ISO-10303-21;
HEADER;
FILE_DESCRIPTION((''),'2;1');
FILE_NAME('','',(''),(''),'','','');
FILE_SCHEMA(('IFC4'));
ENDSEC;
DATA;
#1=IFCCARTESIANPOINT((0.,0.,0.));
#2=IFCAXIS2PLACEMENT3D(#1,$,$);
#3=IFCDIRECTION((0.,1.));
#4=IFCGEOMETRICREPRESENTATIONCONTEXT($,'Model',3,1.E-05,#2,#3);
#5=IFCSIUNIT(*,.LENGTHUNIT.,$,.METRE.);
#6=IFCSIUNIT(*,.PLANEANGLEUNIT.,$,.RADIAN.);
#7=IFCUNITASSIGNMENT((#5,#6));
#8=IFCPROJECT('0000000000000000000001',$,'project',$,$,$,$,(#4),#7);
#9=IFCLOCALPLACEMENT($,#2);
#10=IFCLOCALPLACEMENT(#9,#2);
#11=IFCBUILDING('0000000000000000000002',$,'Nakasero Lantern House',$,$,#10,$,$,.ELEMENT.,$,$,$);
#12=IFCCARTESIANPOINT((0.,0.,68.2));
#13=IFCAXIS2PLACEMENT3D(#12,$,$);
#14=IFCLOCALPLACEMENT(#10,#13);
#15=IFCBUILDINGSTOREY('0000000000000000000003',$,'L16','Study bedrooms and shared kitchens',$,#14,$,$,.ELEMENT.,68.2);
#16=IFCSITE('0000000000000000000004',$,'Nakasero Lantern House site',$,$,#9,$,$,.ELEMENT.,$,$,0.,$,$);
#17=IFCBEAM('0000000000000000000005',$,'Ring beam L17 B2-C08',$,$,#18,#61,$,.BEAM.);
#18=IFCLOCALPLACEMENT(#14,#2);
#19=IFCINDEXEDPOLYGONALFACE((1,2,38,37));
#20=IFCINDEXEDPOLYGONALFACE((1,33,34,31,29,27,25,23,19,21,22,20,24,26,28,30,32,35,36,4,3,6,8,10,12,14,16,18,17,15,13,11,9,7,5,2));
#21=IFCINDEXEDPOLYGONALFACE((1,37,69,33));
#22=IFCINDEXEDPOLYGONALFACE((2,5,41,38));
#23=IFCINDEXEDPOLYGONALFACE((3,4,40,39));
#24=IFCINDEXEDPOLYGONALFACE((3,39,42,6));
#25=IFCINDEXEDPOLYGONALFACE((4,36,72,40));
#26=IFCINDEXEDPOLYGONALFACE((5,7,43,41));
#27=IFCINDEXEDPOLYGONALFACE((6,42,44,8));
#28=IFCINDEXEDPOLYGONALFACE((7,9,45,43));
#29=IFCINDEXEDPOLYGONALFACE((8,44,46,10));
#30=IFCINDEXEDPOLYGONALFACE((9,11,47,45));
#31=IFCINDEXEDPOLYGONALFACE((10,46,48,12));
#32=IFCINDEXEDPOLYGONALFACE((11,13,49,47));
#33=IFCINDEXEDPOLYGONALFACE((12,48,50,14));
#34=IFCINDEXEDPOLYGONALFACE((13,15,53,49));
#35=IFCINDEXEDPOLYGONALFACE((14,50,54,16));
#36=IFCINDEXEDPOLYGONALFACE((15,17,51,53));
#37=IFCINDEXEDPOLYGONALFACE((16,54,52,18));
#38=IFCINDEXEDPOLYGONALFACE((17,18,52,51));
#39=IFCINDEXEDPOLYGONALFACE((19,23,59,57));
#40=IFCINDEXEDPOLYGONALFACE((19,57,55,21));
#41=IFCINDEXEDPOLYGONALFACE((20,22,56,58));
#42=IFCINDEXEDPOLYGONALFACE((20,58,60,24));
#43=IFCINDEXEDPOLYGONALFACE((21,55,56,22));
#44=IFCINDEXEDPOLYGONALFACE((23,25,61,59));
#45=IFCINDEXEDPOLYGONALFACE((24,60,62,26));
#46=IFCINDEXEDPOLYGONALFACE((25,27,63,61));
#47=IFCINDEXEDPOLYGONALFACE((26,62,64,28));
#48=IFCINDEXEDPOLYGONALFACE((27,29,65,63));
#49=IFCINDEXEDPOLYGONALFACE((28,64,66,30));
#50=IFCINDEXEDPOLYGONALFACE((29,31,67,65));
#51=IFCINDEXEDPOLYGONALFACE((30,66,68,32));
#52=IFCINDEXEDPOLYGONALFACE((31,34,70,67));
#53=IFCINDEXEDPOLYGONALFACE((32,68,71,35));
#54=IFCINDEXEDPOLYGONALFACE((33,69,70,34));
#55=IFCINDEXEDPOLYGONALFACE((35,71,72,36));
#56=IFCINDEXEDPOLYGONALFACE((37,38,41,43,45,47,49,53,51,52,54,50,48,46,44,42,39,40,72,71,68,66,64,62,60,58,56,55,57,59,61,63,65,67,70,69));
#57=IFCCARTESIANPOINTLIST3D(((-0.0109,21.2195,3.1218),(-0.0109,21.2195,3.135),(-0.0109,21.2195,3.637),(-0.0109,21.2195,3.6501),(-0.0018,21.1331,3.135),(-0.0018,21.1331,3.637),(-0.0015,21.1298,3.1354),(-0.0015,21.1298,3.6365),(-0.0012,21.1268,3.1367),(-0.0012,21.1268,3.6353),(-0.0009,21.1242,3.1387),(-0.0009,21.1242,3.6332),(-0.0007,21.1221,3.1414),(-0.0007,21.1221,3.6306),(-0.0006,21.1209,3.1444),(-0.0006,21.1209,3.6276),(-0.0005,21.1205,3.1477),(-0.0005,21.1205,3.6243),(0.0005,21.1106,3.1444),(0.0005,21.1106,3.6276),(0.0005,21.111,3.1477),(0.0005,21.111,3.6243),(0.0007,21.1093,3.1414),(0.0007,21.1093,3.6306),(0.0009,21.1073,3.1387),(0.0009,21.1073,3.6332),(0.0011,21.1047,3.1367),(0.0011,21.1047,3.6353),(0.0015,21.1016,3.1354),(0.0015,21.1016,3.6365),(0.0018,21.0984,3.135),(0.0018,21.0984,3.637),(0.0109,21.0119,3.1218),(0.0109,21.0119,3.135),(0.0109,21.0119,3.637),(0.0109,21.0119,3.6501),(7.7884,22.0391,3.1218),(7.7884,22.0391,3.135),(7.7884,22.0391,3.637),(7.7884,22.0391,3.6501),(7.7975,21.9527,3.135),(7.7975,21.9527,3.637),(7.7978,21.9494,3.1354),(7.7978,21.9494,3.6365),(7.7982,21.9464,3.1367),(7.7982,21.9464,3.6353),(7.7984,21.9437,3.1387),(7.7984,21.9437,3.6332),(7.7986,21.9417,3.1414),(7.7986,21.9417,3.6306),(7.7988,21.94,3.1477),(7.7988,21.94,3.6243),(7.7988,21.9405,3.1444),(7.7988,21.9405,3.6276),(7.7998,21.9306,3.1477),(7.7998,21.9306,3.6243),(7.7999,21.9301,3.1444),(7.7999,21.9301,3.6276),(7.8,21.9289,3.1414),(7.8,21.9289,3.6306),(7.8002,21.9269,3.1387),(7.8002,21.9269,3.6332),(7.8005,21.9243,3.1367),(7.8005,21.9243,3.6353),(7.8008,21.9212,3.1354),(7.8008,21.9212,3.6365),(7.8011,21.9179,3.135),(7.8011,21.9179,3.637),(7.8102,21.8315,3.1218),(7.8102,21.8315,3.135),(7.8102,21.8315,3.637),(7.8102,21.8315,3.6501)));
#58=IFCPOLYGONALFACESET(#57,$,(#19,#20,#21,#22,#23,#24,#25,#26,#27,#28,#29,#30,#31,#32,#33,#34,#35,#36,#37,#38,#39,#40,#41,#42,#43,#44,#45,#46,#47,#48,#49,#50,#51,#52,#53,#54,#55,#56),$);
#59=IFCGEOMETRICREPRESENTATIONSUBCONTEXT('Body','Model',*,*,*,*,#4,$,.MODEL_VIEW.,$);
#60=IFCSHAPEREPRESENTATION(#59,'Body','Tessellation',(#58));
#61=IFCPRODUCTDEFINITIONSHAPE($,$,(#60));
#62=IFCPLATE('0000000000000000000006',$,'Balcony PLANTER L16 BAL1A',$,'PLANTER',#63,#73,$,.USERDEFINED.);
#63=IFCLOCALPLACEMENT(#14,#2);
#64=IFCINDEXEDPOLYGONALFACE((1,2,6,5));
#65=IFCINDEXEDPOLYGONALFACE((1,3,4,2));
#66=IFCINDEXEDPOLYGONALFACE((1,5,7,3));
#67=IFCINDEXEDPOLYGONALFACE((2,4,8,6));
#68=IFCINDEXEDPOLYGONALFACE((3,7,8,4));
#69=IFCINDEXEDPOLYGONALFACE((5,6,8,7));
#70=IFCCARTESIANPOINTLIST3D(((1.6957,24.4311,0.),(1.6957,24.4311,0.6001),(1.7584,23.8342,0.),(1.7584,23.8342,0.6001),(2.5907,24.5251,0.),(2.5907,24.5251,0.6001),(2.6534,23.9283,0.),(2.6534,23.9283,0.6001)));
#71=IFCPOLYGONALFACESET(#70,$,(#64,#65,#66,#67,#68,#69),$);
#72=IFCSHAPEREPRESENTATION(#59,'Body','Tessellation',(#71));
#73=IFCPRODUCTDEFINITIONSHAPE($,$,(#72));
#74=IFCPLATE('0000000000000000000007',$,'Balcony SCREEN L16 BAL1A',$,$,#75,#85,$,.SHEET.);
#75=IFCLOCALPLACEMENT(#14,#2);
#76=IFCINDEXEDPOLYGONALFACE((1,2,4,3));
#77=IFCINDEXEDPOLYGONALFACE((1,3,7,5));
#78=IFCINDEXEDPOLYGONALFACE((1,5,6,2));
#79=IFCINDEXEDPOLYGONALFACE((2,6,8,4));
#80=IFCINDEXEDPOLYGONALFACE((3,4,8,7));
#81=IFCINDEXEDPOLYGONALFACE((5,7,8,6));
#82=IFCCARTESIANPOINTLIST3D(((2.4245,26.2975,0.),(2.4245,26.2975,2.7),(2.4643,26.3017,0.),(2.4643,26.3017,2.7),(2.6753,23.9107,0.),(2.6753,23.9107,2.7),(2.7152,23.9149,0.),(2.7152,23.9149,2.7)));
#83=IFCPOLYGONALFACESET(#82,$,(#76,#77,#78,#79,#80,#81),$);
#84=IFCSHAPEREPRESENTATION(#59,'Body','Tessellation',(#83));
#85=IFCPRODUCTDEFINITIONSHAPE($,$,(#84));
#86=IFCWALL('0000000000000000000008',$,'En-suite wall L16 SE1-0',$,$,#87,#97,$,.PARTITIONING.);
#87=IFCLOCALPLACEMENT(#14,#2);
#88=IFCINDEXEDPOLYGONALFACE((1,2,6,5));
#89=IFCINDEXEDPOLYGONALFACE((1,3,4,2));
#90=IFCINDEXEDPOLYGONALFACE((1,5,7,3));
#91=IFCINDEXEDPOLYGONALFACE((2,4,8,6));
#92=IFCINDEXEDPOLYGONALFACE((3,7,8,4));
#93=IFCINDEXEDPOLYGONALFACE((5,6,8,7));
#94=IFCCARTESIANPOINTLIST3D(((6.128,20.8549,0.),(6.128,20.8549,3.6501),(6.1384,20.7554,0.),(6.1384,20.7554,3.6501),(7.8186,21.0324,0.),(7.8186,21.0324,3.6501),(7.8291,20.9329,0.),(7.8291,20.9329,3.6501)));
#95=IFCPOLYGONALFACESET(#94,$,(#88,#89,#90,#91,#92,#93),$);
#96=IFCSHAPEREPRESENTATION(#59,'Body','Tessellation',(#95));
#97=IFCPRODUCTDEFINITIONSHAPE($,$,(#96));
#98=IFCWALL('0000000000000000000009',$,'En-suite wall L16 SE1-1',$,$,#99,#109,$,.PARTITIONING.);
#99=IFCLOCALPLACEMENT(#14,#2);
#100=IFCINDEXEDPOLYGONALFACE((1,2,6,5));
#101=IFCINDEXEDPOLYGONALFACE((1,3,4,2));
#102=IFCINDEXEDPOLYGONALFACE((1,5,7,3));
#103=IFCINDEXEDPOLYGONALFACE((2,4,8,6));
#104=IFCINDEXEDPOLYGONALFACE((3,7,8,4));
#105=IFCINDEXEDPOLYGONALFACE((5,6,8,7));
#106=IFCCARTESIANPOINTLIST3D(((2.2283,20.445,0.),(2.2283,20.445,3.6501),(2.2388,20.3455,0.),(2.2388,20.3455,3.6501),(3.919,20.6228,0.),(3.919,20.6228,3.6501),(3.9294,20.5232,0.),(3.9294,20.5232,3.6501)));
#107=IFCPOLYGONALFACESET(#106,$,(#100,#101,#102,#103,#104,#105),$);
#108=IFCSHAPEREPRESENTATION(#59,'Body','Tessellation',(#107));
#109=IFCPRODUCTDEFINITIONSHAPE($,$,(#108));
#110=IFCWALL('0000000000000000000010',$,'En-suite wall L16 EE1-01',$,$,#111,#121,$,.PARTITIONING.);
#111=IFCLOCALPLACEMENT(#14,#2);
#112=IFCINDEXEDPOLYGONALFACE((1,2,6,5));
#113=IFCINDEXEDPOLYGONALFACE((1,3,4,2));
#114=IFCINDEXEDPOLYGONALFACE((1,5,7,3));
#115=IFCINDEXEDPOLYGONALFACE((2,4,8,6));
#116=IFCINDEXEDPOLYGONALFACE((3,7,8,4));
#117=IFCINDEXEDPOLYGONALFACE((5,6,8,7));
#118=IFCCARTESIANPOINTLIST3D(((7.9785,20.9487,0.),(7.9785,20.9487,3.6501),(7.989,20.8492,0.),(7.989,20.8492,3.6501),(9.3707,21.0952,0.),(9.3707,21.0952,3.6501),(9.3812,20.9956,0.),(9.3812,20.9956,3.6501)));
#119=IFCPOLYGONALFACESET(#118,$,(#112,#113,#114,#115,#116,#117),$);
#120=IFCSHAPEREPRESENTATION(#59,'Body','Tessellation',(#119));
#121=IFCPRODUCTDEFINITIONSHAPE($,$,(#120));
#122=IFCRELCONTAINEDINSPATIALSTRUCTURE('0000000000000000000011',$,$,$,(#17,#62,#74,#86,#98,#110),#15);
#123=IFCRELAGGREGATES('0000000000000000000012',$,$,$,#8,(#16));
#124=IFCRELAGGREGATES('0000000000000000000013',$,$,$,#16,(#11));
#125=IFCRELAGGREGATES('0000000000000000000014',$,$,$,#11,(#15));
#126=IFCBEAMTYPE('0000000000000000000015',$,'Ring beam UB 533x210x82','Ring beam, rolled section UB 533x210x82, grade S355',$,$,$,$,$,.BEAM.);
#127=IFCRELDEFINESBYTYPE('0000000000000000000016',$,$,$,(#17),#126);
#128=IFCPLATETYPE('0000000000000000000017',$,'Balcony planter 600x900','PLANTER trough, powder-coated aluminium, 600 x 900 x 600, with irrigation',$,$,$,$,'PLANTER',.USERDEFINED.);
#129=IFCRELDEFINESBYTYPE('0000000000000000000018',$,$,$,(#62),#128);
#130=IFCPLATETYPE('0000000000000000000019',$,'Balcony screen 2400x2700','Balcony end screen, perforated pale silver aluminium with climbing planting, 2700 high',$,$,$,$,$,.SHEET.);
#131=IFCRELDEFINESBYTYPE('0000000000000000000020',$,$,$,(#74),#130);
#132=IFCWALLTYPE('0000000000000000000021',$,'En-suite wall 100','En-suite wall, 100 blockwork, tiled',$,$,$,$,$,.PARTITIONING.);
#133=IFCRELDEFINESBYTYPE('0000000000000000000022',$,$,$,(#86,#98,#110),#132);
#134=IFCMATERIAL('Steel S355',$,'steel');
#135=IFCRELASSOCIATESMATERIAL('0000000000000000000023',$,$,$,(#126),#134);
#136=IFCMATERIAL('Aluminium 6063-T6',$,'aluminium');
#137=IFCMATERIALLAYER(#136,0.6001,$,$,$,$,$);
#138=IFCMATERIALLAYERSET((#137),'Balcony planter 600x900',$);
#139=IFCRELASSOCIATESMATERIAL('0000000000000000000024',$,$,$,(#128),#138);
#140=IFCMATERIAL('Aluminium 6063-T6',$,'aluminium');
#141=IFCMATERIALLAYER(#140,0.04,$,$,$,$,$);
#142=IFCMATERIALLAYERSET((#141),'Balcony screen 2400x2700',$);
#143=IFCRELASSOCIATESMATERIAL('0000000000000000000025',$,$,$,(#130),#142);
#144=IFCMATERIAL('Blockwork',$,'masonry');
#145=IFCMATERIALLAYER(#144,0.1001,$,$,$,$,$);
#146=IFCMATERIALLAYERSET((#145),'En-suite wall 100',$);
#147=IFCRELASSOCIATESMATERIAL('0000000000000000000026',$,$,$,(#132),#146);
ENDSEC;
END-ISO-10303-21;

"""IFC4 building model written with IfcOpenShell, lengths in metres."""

from ifc_helpers import new_model, si_unit, direction, frame, frame_2d, origin, origin_2d, place, context, subcontext, project, spatial, rectangle, i_section, extrude, material, layer, layer_set, material_profile, profile_set, type_object, element, save


model = new_model("IFC4")

# Units and contexts
model_context = context("Model", 3, precision=1e-05, world=origin(), true_north=direction((0.0, 1.0)))
body_context = subcontext(model_context, "Body", "Model", "MODEL_VIEW")
ifc_project = project(units=[si_unit("LENGTHUNIT", "METRE"), si_unit("PLANEANGLEUNIT", "RADIAN")], contexts=[model_context])

# Site, building, storey
site_placement = place(None, origin())
site = spatial("IfcSite", under=ifc_project, at=site_placement, Name="Nakasero Lantern House site", CompositionType="ELEMENT", RefElevation=0.0)
building_placement = place(site_placement, origin())
building = spatial("IfcBuilding", under=site, at=building_placement, Name="Nakasero Lantern House", CompositionType="ELEMENT")
storey_placement = place(building_placement, frame((0.0, 0.0, 68.2)))
storey = spatial("IfcBuildingStorey", under=building, at=storey_placement, Name="L16", Description="Study bedrooms and shared kitchens", CompositionType="ELEMENT", Elevation=68.2)

# Beam
ifc_material_1 = material(Name="Steel S355", Category="steel")
ifc_material_profile_1 = material_profile(ifc_material_1, i_section(OverallWidth=0.2087, OverallDepth=0.5283, WebThickness=0.0095, FlangeThickness=0.0132, FilletRadius=0.0127, at=origin_2d()), Name="UB 533x210x82")
ifc_profile_set_1 = profile_set([ifc_material_profile_1], Name="Steel S355")
beam_type_1 = type_object("IfcBeamType", Name="Ring beam UB 533x210x82", Description="Ring beam, rolled section UB 533x210x82, grade S355", PredefinedType="BEAM", material=ifc_profile_set_1)
beam_1_placement = place(storey_placement, frame((7.7993, 21.9353, 3.386), z_axis=(-0.994524, -0.104508, 0.0), x_axis=(0.104508, -0.994524, 0.0)))
element("IfcBeam", 1, at=beam_1_placement, inside=storey, type_object=beam_type_1, Name="Ring beam L17 B2-C08", PredefinedType="BEAM", context=body_context, shape_type="SweptSolid", body=[
    extrude(i_section(OverallWidth=0.2087, OverallDepth=0.5283, WebThickness=0.0095, FlangeThickness=0.0132, FilletRadius=0.0127, at=origin_2d()), origin(), (0.0, 0.0, 1.0), 7.8423),
])

# Plates
ifc_material_2 = material(Name="Aluminium 6063-T6", Category="aluminium")
ifc_layer_1 = layer(ifc_material_2, 0.6001)
ifc_layer_set_1 = layer_set([ifc_layer_1], Name="Balcony planter 600x900")
plate_type_1 = type_object("IfcPlateType", Name="Balcony planter 600x900", Description="PLANTER trough, powder-coated aluminium, 600 x 900 x 600, with irrigation", ElementType="PLANTER", PredefinedType="USERDEFINED", material=ifc_layer_set_1)
plate_1_placement = place(storey_placement, frame((2.1746, 24.1797, 0.0), z_axis=(0.0, 0.0, 1.0), x_axis=(-0.104528, 0.994522, 0.0)))
element("IfcPlate", 2, at=plate_1_placement, inside=storey, type_object=plate_type_1, Name="Balcony PLANTER L16 BAL1A", ObjectType="PLANTER", PredefinedType="USERDEFINED", context=body_context, shape_type="SweptSolid", body=[
    extrude(rectangle(XDim=0.6001, YDim=0.8999, at=origin_2d()), origin(), (0.0, 0.0, 1.0), 0.6001),
])
ifc_material_3 = material(Name="Aluminium 6063-T6", Category="aluminium")
ifc_layer_2 = layer(ifc_material_3, 0.04)
ifc_layer_set_2 = layer_set([ifc_layer_2], Name="Balcony screen 2400x2700")
plate_type_2 = type_object("IfcPlateType", Name="Balcony screen 2400x2700", Description="Balcony end screen, perforated pale silver aluminium with climbing planting, 2700 high", PredefinedType="SHEET", material=ifc_layer_set_2)
plate_2_placement = place(storey_placement, frame((2.5698, 25.1062, 0.0), z_axis=(0.0, 0.0, 1.0), x_axis=(-0.104528, 0.994522, 0.0)))
element("IfcPlate", 3, at=plate_2_placement, inside=storey, type_object=plate_type_2, Name="Balcony SCREEN L16 BAL1A", PredefinedType="SHEET", context=body_context, shape_type="SweptSolid", body=[
    extrude(rectangle(XDim=2.3999, YDim=0.04, at=origin_2d()), origin(), (0.0, 0.0, 1.0), 2.7),
])

# Walls
ifc_material_4 = material(Name="Blockwork", Category="masonry")
ifc_layer_3 = layer(ifc_material_4, 0.1001)
ifc_layer_set_3 = layer_set([ifc_layer_3], Name="En-suite wall 100")
wall_type_1 = type_object("IfcWallType", Name="En-suite wall 100", Description="En-suite wall, 100 blockwork, tiled", PredefinedType="PARTITIONING", material=ifc_layer_set_3)
for number, where, z_axis, x_axis, name in (
    (4, (7.824, 20.9827, 0.0), (0.0, 0.0, 1.0), (-0.994535, -0.104408, 0.0), "En-suite wall L16 SE1-0"),
    (5, (3.9243, 20.573, 0.0), (0.0, 0.0, 1.0), (-0.99452, -0.10455, 0.0), "En-suite wall L16 SE1-1"),
):
    element("IfcWall", number, at=place(storey_placement, frame(where, z_axis=z_axis, x_axis=x_axis)), inside=storey, type_object=wall_type_1, Name=name, PredefinedType="PARTITIONING", context=body_context, shape_type="SweptSolid", body=[
        extrude(rectangle(XDim=1.7, YDim=0.1001, at=frame_2d((0.8501, 0.0))), origin(), (0.0, 0.0, 1.0), 3.6501),
    ])
wall_1_placement = place(storey_placement, frame((9.376, 21.0454, 0.0), z_axis=(0.0, 0.0, 1.0), x_axis=(-0.994511, -0.10463, 0.0)))
element("IfcWall", 6, at=wall_1_placement, inside=storey, type_object=wall_type_1, Name="En-suite wall L16 EE1-01", PredefinedType="PARTITIONING", context=body_context, shape_type="SweptSolid", body=[
    extrude(rectangle(XDim=1.3999, YDim=0.1001, at=frame_2d((0.7, 0.0))), origin(), (0.0, 0.0, 1.0), 3.6501),
])

save(model, "model.ifc")
